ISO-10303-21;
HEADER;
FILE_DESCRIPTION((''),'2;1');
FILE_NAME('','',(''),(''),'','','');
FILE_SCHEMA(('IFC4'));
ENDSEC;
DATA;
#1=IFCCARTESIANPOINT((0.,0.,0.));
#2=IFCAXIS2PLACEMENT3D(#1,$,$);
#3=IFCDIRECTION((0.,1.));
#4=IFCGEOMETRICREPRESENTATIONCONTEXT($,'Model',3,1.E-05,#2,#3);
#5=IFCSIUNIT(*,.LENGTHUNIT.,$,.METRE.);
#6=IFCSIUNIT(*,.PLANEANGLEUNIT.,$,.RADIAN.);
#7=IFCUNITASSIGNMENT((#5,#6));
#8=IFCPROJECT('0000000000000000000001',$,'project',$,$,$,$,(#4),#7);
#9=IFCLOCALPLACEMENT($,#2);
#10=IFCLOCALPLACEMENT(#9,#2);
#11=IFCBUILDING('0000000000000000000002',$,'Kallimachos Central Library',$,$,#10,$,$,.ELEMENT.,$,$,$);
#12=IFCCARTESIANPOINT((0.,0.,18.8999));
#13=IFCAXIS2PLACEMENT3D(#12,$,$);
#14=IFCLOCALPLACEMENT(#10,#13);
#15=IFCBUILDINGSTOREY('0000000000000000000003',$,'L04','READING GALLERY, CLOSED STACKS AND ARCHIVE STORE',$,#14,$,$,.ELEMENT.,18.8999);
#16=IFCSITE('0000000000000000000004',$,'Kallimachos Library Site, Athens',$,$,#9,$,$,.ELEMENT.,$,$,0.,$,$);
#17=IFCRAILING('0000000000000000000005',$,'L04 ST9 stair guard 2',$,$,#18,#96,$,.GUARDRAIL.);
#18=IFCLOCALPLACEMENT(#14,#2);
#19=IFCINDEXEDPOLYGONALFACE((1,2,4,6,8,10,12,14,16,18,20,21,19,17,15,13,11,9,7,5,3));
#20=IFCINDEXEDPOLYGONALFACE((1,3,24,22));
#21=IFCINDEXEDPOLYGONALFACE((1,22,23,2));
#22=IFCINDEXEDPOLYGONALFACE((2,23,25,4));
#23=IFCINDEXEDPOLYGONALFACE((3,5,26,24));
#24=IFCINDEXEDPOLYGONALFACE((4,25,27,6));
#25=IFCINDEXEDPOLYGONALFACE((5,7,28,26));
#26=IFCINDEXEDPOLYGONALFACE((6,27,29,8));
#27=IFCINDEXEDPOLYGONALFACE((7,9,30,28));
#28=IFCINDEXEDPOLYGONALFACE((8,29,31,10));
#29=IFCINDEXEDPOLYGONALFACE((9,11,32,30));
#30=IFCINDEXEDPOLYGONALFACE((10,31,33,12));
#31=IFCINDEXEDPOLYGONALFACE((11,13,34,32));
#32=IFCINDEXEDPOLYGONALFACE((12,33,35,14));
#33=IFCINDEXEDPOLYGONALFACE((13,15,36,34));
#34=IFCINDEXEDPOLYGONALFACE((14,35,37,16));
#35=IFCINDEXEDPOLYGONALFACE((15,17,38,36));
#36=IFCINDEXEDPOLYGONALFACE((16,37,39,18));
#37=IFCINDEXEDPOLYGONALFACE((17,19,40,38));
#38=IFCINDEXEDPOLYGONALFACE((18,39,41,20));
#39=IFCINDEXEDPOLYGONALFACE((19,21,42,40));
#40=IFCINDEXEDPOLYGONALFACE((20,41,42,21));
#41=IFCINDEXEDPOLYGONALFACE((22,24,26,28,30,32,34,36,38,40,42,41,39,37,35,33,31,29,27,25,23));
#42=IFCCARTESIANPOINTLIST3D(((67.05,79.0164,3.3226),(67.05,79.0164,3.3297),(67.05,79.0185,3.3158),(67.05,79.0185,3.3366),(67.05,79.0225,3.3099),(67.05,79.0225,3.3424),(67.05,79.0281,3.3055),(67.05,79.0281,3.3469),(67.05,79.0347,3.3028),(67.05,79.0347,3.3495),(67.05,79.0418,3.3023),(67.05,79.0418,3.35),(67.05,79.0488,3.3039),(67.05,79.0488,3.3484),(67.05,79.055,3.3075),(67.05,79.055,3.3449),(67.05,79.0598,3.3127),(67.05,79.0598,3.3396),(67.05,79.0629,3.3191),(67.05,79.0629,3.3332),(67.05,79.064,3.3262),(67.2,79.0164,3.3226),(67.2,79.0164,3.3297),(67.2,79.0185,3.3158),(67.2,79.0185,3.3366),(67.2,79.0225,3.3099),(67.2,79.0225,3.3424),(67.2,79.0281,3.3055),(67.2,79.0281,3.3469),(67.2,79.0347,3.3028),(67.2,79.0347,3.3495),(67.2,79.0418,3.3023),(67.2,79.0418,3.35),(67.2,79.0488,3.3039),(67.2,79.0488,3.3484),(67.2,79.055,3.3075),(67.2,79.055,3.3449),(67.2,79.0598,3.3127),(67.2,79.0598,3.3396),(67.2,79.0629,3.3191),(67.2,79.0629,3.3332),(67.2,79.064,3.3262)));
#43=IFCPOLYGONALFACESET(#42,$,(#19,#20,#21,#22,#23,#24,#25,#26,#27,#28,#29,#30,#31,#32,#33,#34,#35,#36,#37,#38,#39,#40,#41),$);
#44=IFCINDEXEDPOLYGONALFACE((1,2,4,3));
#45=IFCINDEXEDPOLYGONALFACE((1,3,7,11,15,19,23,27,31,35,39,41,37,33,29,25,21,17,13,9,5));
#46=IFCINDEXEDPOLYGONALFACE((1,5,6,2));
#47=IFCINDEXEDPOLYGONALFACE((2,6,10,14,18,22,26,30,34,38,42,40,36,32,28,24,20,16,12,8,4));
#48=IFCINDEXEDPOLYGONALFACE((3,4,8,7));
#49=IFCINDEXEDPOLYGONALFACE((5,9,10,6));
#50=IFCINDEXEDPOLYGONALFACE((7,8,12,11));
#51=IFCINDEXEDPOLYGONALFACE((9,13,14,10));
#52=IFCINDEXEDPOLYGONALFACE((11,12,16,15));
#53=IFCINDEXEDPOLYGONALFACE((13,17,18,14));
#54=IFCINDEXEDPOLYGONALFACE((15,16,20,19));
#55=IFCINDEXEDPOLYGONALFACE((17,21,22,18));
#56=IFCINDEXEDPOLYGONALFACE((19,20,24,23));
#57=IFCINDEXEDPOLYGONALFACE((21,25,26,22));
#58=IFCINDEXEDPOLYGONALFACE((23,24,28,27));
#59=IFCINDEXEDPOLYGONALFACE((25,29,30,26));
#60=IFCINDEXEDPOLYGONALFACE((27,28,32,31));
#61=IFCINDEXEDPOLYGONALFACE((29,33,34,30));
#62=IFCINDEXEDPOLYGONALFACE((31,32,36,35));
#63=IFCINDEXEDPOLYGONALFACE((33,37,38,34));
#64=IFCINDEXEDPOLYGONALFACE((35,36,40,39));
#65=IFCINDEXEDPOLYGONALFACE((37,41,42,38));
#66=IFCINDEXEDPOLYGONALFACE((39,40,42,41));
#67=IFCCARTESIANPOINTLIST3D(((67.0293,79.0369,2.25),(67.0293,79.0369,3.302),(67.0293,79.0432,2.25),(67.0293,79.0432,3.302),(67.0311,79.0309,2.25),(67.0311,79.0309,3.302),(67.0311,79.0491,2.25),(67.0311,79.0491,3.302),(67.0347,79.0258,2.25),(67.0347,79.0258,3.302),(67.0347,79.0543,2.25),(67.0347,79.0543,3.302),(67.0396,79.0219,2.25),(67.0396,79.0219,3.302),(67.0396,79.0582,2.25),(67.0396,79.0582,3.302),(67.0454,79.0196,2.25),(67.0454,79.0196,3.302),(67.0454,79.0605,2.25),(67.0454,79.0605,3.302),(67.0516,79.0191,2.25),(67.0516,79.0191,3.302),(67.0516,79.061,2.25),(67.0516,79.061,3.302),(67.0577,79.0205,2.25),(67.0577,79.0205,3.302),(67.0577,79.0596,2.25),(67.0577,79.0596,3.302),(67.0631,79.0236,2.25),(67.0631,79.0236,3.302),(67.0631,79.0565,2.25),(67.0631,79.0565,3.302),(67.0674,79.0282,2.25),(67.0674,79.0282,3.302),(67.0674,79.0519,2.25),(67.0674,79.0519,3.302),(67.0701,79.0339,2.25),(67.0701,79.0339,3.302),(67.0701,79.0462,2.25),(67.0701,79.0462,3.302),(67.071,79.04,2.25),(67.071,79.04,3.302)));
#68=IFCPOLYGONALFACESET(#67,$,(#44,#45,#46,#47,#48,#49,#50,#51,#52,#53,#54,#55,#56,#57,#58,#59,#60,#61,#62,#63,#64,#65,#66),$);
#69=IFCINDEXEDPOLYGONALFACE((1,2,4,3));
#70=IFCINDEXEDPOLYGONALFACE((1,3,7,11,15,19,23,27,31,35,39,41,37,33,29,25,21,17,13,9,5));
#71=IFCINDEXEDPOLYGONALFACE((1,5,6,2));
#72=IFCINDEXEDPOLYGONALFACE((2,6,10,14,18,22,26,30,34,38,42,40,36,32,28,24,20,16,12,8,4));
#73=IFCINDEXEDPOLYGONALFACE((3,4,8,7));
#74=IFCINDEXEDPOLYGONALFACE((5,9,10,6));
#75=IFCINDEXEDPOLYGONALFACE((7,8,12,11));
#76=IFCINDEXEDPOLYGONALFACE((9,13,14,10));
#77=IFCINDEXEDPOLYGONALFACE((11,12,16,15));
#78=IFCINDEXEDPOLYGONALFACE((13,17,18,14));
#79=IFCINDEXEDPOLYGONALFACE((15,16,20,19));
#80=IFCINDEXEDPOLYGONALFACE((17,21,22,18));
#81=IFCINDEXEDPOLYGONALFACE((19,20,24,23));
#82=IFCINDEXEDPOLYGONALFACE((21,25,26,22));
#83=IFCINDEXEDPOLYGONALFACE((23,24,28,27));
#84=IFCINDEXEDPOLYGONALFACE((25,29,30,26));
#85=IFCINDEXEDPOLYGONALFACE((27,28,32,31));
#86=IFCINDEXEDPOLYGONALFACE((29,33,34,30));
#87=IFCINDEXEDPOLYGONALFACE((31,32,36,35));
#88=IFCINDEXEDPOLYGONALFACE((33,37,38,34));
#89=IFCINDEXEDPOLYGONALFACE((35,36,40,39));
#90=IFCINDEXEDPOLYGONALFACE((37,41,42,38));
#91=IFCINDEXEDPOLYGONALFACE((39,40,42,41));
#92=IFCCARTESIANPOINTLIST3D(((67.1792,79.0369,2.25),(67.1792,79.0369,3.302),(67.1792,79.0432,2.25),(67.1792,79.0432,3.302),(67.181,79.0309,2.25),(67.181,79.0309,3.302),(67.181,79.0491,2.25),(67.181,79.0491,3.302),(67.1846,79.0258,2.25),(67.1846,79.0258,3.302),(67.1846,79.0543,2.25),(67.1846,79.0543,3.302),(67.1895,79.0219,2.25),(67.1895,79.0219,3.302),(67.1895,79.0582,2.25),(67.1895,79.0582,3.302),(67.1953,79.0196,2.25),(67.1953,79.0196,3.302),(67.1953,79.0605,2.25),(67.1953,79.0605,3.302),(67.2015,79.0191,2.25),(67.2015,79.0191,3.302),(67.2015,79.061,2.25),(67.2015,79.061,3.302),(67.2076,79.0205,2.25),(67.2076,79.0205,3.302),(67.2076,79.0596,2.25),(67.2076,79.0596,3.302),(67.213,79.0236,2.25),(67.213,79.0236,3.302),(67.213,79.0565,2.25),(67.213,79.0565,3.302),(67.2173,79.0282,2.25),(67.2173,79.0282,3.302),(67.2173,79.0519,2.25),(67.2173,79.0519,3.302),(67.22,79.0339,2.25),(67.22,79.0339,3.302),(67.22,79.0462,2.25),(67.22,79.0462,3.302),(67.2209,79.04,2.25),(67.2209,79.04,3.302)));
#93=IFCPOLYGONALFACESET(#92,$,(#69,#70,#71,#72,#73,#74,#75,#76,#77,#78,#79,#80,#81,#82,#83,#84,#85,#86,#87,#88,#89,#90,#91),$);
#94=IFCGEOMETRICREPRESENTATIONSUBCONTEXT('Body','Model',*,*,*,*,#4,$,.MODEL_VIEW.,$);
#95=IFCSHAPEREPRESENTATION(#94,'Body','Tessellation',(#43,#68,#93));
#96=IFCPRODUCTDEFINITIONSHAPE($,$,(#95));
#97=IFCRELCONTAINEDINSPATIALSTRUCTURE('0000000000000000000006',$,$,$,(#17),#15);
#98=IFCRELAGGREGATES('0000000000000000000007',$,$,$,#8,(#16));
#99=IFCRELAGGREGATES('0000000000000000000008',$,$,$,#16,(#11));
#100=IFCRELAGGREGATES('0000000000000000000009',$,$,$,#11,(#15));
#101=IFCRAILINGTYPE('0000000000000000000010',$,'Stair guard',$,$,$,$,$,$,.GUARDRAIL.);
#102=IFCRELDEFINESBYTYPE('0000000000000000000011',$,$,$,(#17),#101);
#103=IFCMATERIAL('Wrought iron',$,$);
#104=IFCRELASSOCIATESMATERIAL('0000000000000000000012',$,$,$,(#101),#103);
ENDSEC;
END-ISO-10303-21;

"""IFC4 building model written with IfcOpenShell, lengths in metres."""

from ifc_helpers import new_model, si_unit, direction, frame, origin, origin_2d, place, context, subcontext, project, spatial, circle, extrude, material, type_object, element, save


model = new_model("IFC4")

# Units and contexts
model_context = context("Model", 3, precision=1e-05, world=origin(), true_north=direction((0.0, 1.0)))
body_context = subcontext(model_context, "Body", "Model", "MODEL_VIEW")
ifc_project = project(units=[si_unit("LENGTHUNIT", "METRE"), si_unit("PLANEANGLEUNIT", "RADIAN")], contexts=[model_context])

# Site, building, storey
site_placement = place(None, origin())
site = spatial("IfcSite", under=ifc_project, at=site_placement, Name="Kallimachos Library Site, Athens", CompositionType="ELEMENT", RefElevation=0.0)
building_placement = place(site_placement, origin())
building = spatial("IfcBuilding", under=site, at=building_placement, Name="Kallimachos Central Library", CompositionType="ELEMENT")
storey_placement = place(building_placement, frame((0.0, 0.0, 18.8999)))
storey = spatial("IfcBuildingStorey", under=building, at=storey_placement, Name="L04", Description="READING GALLERY, CLOSED STACKS AND ARCHIVE STORE", CompositionType="ELEMENT", Elevation=18.8999)

# Railing
ifc_material_1 = material(Name="Wrought iron")
railing_type_1 = type_object("IfcRailingType", Name="Stair guard", PredefinedType="GUARDRAIL", material=ifc_material_1)
railing_1_placement = place(storey_placement, frame((67.05, 79.04, 2.25)))
element("IfcRailing", 1, at=railing_1_placement, inside=storey, type_object=railing_type_1, Name="L04 ST9 stair guard 2", PredefinedType="GUARDRAIL", context=body_context, shape_type="SweptSolid", body=[
    extrude(circle(Radius=0.0239, at=origin_2d()), frame((0.0, 0.0, 1.0762), z_axis=(1.0, 0.0, 0.0), x_axis=(0.0, 1.0, 0.0)), (0.0, 0.0, 1.0), 0.1499),
    extrude(circle(Radius=0.021, at=origin_2d()), origin(), (0.0, 0.0, 1.0), 1.052),
    extrude(circle(Radius=0.021, at=origin_2d()), frame((0.1499, 0.0, 0.0)), (0.0, 0.0, 1.0), 1.052),
])

save(model, "model.ifc")
